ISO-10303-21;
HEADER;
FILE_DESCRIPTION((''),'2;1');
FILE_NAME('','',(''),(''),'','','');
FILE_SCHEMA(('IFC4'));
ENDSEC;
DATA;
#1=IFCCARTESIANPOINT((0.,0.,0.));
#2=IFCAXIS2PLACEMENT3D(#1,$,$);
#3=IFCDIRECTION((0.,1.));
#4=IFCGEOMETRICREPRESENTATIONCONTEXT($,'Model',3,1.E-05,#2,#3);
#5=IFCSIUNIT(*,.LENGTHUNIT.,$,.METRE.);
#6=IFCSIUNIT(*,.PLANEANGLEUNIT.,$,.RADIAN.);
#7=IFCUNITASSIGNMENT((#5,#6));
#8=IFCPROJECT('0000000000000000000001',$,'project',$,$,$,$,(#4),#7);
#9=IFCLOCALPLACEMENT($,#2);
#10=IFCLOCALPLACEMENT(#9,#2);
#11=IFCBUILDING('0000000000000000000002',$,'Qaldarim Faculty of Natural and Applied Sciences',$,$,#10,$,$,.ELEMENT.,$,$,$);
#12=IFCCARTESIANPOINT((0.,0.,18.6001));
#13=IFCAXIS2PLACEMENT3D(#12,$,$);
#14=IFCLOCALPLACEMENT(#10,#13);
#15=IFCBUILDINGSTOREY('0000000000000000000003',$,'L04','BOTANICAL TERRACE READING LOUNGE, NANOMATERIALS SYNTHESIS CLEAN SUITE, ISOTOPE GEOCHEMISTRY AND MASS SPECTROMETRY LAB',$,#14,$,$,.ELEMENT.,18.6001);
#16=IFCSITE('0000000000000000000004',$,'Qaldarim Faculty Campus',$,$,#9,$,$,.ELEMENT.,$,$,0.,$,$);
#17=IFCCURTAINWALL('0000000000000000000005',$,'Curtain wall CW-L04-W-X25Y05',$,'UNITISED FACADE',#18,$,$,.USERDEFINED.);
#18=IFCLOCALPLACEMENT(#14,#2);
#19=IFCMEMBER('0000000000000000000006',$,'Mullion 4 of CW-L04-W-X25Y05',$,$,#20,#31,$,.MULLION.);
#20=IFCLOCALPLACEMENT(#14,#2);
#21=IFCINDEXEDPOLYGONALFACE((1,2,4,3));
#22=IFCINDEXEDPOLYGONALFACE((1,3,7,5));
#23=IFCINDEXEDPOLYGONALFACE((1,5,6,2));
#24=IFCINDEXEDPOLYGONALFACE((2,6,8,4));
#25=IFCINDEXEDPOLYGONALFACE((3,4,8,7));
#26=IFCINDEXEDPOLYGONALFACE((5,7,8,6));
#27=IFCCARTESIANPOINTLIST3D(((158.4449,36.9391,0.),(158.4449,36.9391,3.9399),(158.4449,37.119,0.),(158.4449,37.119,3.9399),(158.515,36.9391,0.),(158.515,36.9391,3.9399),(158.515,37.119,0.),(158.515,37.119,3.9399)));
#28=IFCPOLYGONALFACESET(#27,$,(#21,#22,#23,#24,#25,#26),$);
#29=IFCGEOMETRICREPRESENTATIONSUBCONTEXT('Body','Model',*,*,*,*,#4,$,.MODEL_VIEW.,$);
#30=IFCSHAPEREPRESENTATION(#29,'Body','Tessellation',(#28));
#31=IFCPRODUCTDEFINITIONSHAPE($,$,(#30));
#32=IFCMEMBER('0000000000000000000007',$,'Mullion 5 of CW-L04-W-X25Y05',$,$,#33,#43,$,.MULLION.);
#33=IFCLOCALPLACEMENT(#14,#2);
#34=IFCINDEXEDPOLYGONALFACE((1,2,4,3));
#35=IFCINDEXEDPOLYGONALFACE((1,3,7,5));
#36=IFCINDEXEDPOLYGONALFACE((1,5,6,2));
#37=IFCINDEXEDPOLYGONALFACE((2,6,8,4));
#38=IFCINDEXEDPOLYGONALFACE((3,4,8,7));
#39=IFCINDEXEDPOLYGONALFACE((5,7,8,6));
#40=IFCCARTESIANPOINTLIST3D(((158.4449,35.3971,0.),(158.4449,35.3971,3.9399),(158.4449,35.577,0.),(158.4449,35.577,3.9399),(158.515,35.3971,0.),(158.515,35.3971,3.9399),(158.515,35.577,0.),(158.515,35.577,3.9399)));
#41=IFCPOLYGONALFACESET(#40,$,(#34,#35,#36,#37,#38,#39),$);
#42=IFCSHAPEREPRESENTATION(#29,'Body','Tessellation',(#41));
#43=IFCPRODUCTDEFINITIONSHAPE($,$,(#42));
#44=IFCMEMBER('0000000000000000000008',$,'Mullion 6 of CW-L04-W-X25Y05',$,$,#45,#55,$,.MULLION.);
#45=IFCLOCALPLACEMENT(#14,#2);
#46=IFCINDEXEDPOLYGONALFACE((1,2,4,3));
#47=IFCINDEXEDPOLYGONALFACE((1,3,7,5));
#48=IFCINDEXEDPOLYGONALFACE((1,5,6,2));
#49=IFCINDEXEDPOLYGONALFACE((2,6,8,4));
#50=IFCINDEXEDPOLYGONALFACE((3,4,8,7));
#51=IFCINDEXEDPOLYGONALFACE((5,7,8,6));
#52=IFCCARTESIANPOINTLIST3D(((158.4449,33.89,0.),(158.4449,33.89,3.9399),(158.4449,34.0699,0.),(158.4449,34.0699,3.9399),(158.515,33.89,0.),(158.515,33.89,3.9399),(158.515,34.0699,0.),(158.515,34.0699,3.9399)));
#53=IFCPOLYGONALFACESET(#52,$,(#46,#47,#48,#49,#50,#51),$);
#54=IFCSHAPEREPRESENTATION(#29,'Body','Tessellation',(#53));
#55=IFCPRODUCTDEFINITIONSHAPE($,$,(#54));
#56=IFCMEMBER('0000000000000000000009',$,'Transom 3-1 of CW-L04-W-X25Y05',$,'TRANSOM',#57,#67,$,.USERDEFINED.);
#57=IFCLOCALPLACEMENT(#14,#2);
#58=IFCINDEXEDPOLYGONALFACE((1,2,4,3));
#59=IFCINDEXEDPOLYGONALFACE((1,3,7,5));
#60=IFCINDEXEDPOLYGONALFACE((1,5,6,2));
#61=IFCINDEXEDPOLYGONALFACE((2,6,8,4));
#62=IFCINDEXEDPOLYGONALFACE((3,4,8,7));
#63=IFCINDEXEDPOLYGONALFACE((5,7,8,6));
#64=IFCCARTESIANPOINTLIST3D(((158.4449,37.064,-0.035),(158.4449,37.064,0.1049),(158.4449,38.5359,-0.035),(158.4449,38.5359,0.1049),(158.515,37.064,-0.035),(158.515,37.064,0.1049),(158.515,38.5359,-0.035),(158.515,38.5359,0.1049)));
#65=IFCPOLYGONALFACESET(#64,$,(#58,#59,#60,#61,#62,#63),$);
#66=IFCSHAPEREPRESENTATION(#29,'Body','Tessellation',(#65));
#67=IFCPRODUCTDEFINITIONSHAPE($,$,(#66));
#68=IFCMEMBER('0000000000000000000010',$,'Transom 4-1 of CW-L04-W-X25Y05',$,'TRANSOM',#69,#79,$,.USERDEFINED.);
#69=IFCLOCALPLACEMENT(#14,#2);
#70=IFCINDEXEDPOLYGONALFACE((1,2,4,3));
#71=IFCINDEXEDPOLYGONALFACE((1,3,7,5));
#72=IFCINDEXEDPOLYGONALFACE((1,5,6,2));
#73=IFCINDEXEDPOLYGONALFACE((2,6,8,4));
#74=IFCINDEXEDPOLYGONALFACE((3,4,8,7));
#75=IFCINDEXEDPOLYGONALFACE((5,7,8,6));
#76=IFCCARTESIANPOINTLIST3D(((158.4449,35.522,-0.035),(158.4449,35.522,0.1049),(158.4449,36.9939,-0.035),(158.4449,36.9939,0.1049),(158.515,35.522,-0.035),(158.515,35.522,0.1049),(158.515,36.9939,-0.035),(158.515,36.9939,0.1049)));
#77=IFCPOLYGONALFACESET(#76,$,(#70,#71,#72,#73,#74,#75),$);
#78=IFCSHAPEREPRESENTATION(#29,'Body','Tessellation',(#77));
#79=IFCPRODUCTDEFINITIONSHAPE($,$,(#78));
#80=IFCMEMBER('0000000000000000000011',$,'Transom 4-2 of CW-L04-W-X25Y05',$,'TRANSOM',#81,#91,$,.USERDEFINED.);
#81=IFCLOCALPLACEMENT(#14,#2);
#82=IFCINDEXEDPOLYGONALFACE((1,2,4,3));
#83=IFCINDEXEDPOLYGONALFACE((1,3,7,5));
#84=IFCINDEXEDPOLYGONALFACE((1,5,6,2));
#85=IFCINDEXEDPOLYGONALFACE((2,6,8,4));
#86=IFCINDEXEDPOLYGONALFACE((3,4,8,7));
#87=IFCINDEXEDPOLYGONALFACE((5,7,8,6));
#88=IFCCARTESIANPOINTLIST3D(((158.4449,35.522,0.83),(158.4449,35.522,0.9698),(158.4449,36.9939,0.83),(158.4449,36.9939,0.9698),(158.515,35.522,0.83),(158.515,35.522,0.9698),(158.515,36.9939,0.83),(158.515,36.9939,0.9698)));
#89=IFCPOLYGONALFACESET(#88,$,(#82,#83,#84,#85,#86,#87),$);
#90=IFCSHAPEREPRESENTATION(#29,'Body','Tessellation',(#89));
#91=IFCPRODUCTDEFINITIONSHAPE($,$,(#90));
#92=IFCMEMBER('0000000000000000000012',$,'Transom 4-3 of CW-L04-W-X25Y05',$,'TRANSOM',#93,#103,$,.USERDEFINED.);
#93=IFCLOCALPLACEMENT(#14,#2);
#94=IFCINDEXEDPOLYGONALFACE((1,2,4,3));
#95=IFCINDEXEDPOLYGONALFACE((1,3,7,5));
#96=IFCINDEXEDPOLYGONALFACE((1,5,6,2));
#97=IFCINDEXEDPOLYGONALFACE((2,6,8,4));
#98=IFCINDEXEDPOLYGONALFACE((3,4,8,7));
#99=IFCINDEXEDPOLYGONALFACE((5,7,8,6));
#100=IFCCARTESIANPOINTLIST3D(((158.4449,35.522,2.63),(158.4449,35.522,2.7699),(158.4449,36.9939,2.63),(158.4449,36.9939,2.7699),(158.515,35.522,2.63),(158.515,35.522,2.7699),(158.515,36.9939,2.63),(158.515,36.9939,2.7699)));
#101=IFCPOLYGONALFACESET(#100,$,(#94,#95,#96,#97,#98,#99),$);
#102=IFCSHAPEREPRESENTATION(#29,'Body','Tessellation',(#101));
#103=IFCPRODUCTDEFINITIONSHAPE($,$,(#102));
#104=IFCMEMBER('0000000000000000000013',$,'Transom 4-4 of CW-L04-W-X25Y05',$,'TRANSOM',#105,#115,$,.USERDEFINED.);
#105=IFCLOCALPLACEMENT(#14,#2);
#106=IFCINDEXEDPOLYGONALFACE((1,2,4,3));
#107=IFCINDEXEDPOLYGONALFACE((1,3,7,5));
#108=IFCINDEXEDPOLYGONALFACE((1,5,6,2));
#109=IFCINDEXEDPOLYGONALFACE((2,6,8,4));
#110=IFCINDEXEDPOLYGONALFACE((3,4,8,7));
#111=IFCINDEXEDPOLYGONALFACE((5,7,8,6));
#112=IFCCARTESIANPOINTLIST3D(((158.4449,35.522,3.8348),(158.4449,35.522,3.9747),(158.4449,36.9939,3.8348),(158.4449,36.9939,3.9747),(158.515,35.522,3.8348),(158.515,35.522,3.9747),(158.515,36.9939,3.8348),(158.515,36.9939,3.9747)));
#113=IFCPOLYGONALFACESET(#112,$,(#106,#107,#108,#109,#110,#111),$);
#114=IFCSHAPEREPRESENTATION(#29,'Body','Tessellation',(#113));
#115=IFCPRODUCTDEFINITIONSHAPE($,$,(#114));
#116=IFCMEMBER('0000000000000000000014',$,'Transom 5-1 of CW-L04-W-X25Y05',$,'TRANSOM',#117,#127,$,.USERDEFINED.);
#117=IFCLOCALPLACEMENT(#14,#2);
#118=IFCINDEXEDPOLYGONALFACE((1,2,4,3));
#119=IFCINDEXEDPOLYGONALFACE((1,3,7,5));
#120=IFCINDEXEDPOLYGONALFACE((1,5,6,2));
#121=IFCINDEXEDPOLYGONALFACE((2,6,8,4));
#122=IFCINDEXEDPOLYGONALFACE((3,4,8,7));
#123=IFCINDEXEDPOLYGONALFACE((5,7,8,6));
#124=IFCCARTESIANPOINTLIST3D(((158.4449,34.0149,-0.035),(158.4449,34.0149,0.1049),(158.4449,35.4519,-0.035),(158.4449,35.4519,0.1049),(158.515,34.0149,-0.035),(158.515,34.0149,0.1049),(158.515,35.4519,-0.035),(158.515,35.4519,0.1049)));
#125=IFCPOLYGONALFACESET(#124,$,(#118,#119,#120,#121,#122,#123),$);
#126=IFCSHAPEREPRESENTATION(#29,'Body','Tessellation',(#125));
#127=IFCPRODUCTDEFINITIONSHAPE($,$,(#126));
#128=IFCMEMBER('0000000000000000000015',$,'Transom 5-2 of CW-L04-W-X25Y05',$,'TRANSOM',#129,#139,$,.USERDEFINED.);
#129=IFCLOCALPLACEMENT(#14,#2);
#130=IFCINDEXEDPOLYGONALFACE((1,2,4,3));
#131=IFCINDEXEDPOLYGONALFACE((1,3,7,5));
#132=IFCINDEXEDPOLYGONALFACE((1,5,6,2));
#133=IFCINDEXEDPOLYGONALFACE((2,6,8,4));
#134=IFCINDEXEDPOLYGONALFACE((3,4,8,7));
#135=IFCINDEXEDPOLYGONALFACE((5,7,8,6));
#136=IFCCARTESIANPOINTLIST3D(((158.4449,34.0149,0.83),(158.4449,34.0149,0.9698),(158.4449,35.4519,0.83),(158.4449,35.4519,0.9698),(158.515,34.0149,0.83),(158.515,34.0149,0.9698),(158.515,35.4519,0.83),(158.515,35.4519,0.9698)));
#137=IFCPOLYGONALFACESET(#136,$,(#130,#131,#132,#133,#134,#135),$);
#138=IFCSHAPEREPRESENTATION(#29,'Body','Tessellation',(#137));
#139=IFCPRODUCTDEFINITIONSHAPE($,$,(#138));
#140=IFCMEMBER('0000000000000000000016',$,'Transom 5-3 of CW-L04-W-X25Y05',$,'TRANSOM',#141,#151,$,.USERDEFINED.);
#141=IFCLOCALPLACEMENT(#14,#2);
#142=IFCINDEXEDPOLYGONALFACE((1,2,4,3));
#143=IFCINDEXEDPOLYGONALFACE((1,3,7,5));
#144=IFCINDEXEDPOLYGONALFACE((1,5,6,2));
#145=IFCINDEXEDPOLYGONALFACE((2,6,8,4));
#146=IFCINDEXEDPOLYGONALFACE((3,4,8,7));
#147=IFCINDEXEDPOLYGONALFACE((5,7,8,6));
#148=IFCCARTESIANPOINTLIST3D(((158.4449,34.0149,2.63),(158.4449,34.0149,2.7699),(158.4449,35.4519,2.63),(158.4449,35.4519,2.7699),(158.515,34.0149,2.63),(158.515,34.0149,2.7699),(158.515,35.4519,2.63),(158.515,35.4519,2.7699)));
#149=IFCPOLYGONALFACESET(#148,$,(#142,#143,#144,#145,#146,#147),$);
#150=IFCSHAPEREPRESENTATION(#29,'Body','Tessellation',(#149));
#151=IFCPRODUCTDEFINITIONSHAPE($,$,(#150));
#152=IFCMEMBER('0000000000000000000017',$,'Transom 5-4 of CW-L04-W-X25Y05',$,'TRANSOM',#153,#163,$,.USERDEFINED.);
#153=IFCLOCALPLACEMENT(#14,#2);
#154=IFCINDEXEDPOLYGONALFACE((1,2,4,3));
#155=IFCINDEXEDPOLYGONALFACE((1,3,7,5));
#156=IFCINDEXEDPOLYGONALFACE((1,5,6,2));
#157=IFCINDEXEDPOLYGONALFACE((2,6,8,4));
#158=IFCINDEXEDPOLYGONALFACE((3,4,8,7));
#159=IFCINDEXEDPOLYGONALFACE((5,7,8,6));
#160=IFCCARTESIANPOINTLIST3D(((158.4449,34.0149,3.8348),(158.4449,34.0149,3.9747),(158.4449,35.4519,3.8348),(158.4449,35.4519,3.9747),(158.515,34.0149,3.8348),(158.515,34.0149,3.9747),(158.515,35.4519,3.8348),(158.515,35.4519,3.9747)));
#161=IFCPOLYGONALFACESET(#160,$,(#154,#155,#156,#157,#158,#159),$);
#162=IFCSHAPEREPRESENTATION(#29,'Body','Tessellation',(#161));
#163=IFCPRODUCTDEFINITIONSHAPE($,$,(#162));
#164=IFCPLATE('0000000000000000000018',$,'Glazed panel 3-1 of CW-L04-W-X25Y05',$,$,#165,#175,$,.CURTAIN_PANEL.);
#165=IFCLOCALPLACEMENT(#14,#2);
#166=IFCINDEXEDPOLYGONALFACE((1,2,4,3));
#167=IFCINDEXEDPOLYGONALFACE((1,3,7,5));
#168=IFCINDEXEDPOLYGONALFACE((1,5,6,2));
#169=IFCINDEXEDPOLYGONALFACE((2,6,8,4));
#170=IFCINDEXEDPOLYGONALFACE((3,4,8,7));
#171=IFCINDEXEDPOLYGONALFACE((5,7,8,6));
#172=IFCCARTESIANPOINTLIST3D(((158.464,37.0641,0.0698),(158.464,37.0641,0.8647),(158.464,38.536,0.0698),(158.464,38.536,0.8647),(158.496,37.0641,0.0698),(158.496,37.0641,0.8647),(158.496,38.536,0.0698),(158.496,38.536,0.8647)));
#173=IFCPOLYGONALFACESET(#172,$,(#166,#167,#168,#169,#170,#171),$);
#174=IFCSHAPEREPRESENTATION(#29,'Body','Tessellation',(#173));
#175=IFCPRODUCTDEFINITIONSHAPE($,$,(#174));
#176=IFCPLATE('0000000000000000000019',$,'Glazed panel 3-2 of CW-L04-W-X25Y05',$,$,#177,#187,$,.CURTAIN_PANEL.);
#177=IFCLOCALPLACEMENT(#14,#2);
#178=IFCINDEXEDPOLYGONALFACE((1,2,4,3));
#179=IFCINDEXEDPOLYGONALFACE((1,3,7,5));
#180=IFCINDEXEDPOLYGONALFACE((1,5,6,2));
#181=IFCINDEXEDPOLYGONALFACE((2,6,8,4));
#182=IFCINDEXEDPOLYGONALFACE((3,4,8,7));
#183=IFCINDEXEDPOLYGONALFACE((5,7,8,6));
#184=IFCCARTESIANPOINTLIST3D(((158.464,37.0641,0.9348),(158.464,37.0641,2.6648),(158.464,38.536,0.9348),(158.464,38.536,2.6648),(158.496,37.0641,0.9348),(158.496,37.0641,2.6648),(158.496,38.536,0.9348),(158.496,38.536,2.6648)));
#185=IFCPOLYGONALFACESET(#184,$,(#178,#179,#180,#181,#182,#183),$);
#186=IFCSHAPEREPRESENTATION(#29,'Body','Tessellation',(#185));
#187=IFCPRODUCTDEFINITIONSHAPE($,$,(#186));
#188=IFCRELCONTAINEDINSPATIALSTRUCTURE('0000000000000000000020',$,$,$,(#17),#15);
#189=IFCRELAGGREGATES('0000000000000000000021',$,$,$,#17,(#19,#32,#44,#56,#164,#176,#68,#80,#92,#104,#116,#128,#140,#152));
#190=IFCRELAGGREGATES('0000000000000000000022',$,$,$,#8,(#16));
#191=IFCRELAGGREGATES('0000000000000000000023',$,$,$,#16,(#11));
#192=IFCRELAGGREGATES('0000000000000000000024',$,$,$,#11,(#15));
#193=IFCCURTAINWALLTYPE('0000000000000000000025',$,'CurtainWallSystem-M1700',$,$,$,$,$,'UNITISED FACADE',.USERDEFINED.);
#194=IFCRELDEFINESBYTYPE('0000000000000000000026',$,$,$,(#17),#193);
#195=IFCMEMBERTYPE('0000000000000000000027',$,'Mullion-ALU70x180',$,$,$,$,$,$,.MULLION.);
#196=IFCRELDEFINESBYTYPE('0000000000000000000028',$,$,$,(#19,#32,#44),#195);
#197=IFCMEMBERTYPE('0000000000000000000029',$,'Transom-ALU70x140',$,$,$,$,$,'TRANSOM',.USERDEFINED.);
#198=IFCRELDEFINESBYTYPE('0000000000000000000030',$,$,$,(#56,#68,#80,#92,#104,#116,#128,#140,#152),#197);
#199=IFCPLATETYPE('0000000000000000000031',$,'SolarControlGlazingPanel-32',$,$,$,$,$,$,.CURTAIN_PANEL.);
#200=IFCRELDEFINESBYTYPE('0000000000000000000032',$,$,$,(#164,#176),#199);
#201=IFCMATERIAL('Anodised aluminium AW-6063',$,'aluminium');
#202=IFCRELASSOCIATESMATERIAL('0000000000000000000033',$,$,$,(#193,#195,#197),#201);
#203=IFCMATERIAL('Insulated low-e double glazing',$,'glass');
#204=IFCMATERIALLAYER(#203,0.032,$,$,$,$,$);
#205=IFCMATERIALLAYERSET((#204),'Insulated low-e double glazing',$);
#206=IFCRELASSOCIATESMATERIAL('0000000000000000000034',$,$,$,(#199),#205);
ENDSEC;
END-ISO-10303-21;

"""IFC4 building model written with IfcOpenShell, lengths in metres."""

from ifc_helpers import new_model, si_unit, direction, frame, origin, origin_2d, place, context, subcontext, project, spatial, rectangle, extrude, material, layer, layer_set, material_profile, profile_set, type_object, element, aggregate, save


model = new_model("IFC4")

# Units and contexts
model_context = context("Model", 3, precision=1e-05, world=origin(), true_north=direction((0.0, 1.0)))
body_context = subcontext(model_context, "Body", "Model", "MODEL_VIEW")
ifc_project = project(units=[si_unit("LENGTHUNIT", "METRE"), si_unit("PLANEANGLEUNIT", "RADIAN")], contexts=[model_context])

# Site, building, storey
site_placement = place(None, origin())
site = spatial("IfcSite", under=ifc_project, at=site_placement, Name="Qaldarim Faculty Campus", CompositionType="ELEMENT", RefElevation=0.0)
building_placement = place(site_placement, origin())
building = spatial("IfcBuilding", under=site, at=building_placement, Name="Qaldarim Faculty of Natural and Applied Sciences", CompositionType="ELEMENT")
storey_placement = place(building_placement, frame((0.0, 0.0, 18.6001)))
storey = spatial("IfcBuildingStorey", under=building, at=storey_placement, Name="L04", Description="BOTANICAL TERRACE READING LOUNGE, NANOMATERIALS SYNTHESIS CLEAN SUITE, ISOTOPE GEOCHEMISTRY AND MASS SPECTROMETRY LAB", CompositionType="ELEMENT", Elevation=18.6001)

# Curtain wall, members, plates
ifc_material_1 = material(Name="Anodised aluminium AW-6063", Category="aluminium")
curtain_wall_type = type_object("IfcCurtainWallType", Name="CurtainWallSystem-M1700", ElementType="UNITISED FACADE", PredefinedType="USERDEFINED", material=ifc_material_1)
curtain_wall_placement = place(storey_placement, origin())
curtain_wall = element("IfcCurtainWall", 1, at=curtain_wall_placement, inside=storey, type_object=curtain_wall_type, Name="Curtain wall CW-L04-W-X25Y05", ObjectType="UNITISED FACADE", PredefinedType="USERDEFINED")
ifc_material_profile_1 = material_profile(ifc_material_1, rectangle(XDim=0.0701, YDim=0.1799, at=origin_2d()), Name="ALU-M70x180")
ifc_profile_set_1 = profile_set([ifc_material_profile_1], Name="Anodised aluminium AW-6063")
member_type_1 = type_object("IfcMemberType", Name="Mullion-ALU70x180", PredefinedType="MULLION", material=ifc_profile_set_1)
member_1_placement = place(storey_placement, frame((158.48, 37.0291, 0.0), z_axis=(0.0, 0.0, 1.0), x_axis=(1.0, 0.0, 0.0)))
member_1 = element("IfcMember", 2, at=member_1_placement, type_object=member_type_1, Name="Mullion 4 of CW-L04-W-X25Y05", PredefinedType="MULLION", context=body_context, shape_type="SweptSolid", body=[
    extrude(rectangle(XDim=0.0701, YDim=0.1799, at=origin_2d()), origin(), (0.0, 0.0, 1.0), 3.9399),
])
member_2_placement = place(storey_placement, frame((158.48, 35.4871, 0.0), z_axis=(0.0, 0.0, 1.0), x_axis=(1.0, 0.0, 0.0)))
member_2 = element("IfcMember", 3, at=member_2_placement, type_object=member_type_1, Name="Mullion 5 of CW-L04-W-X25Y05", PredefinedType="MULLION", context=body_context, shape_type="SweptSolid", body=[
    extrude(rectangle(XDim=0.0701, YDim=0.1799, at=origin_2d()), origin(), (0.0, 0.0, 1.0), 3.9399),
])
member_3_placement = place(storey_placement, frame((158.48, 33.98, 0.0), z_axis=(0.0, 0.0, 1.0), x_axis=(1.0, 0.0, 0.0)))
member_3 = element("IfcMember", 4, at=member_3_placement, type_object=member_type_1, Name="Mullion 6 of CW-L04-W-X25Y05", PredefinedType="MULLION", context=body_context, shape_type="SweptSolid", body=[
    extrude(rectangle(XDim=0.0701, YDim=0.1799, at=origin_2d()), origin(), (0.0, 0.0, 1.0), 3.9399),
])
ifc_material_profile_2 = material_profile(ifc_material_1, rectangle(XDim=0.0701, YDim=0.1399, at=origin_2d()), Name="ALU-T70x140")
ifc_profile_set_2 = profile_set([ifc_material_profile_2], Name="Anodised aluminium AW-6063")
member_type_2 = type_object("IfcMemberType", Name="Transom-ALU70x140", ElementType="TRANSOM", PredefinedType="USERDEFINED", material=ifc_profile_set_2)
member_4_placement = place(storey_placement, frame((158.48, 38.5359, 0.0349), z_axis=(0.0, -1.0, 0.0), x_axis=(1.0, 0.0, 0.0)))
member_4 = element("IfcMember", 5, at=member_4_placement, type_object=member_type_2, Name="Transom 3-1 of CW-L04-W-X25Y05", ObjectType="TRANSOM", PredefinedType="USERDEFINED", context=body_context, shape_type="SweptSolid", body=[
    extrude(rectangle(XDim=0.0701, YDim=0.1399, at=origin_2d()), origin(), (0.0, 0.0, 1.0), 1.4719),
])
member_5_placement = place(storey_placement, frame((158.48, 36.9939, 0.0349), z_axis=(0.0, -1.0, 0.0), x_axis=(1.0, 0.0, 0.0)))
member_5 = element("IfcMember", 6, at=member_5_placement, type_object=member_type_2, Name="Transom 4-1 of CW-L04-W-X25Y05", ObjectType="TRANSOM", PredefinedType="USERDEFINED", context=body_context, shape_type="SweptSolid", body=[
    extrude(rectangle(XDim=0.0701, YDim=0.1399, at=origin_2d()), origin(), (0.0, 0.0, 1.0), 1.4719),
])
member_6_placement = place(storey_placement, frame((158.48, 36.9939, 0.8999), z_axis=(0.0, -1.0, 0.0), x_axis=(1.0, 0.0, 0.0)))
member_6 = element("IfcMember", 7, at=member_6_placement, type_object=member_type_2, Name="Transom 4-2 of CW-L04-W-X25Y05", ObjectType="TRANSOM", PredefinedType="USERDEFINED", context=body_context, shape_type="SweptSolid", body=[
    extrude(rectangle(XDim=0.0701, YDim=0.1399, at=origin_2d()), origin(), (0.0, 0.0, 1.0), 1.4719),
])
member_7_placement = place(storey_placement, frame((158.48, 36.9939, 2.7), z_axis=(0.0, -1.0, 0.0), x_axis=(1.0, 0.0, 0.0)))
member_7 = element("IfcMember", 8, at=member_7_placement, type_object=member_type_2, Name="Transom 4-3 of CW-L04-W-X25Y05", ObjectType="TRANSOM", PredefinedType="USERDEFINED", context=body_context, shape_type="SweptSolid", body=[
    extrude(rectangle(XDim=0.0701, YDim=0.1399, at=origin_2d()), origin(), (0.0, 0.0, 1.0), 1.4719),
])
member_8_placement = place(storey_placement, frame((158.48, 36.9939, 3.9048), z_axis=(0.0, -1.0, 0.0), x_axis=(1.0, 0.0, 0.0)))
member_8 = element("IfcMember", 9, at=member_8_placement, type_object=member_type_2, Name="Transom 4-4 of CW-L04-W-X25Y05", ObjectType="TRANSOM", PredefinedType="USERDEFINED", context=body_context, shape_type="SweptSolid", body=[
    extrude(rectangle(XDim=0.0701, YDim=0.1399, at=origin_2d()), origin(), (0.0, 0.0, 1.0), 1.4719),
])
member_9_placement = place(storey_placement, frame((158.48, 35.4519, 0.0349), z_axis=(0.0, -1.0, 0.0), x_axis=(1.0, 0.0, 0.0)))
member_9 = element("IfcMember", 10, at=member_9_placement, type_object=member_type_2, Name="Transom 5-1 of CW-L04-W-X25Y05", ObjectType="TRANSOM", PredefinedType="USERDEFINED", context=body_context, shape_type="SweptSolid", body=[
    extrude(rectangle(XDim=0.0701, YDim=0.1399, at=origin_2d()), origin(), (0.0, 0.0, 1.0), 1.437),
])
member_10_placement = place(storey_placement, frame((158.48, 35.4519, 0.8999), z_axis=(0.0, -1.0, 0.0), x_axis=(1.0, 0.0, 0.0)))
member_10 = element("IfcMember", 11, at=member_10_placement, type_object=member_type_2, Name="Transom 5-2 of CW-L04-W-X25Y05", ObjectType="TRANSOM", PredefinedType="USERDEFINED", context=body_context, shape_type="SweptSolid", body=[
    extrude(rectangle(XDim=0.0701, YDim=0.1399, at=origin_2d()), origin(), (0.0, 0.0, 1.0), 1.437),
])
member_11_placement = place(storey_placement, frame((158.48, 35.4519, 2.7), z_axis=(0.0, -1.0, 0.0), x_axis=(1.0, 0.0, 0.0)))
member_11 = element("IfcMember", 12, at=member_11_placement, type_object=member_type_2, Name="Transom 5-3 of CW-L04-W-X25Y05", ObjectType="TRANSOM", PredefinedType="USERDEFINED", context=body_context, shape_type="SweptSolid", body=[
    extrude(rectangle(XDim=0.0701, YDim=0.1399, at=origin_2d()), origin(), (0.0, 0.0, 1.0), 1.437),
])
member_12_placement = place(storey_placement, frame((158.48, 35.4519, 3.9048), z_axis=(0.0, -1.0, 0.0), x_axis=(1.0, 0.0, 0.0)))
member_12 = element("IfcMember", 13, at=member_12_placement, type_object=member_type_2, Name="Transom 5-4 of CW-L04-W-X25Y05", ObjectType="TRANSOM", PredefinedType="USERDEFINED", context=body_context, shape_type="SweptSolid", body=[
    extrude(rectangle(XDim=0.0701, YDim=0.1399, at=origin_2d()), origin(), (0.0, 0.0, 1.0), 1.437),
])
ifc_material_2 = material(Name="Insulated low-e double glazing", Category="glass")
ifc_layer_1 = layer(ifc_material_2, 0.032)
ifc_layer_set_1 = layer_set([ifc_layer_1], Name="Insulated low-e double glazing")
plate_type = type_object("IfcPlateType", Name="SolarControlGlazingPanel-32", PredefinedType="CURTAIN_PANEL", material=ifc_layer_set_1)
plate_1_placement = place(storey_placement, frame((158.48, 37.8, 0.0698), z_axis=(0.0, 0.0, 1.0), x_axis=(0.0, -1.0, 0.0)))
plate_1 = element("IfcPlate", 14, at=plate_1_placement, type_object=plate_type, Name="Glazed panel 3-1 of CW-L04-W-X25Y05", PredefinedType="CURTAIN_PANEL", context=body_context, shape_type="SweptSolid", body=[
    extrude(rectangle(XDim=1.4719, YDim=0.032, at=origin_2d()), origin(), (0.0, 0.0, 1.0), 0.7949),
])
plate_2_placement = place(storey_placement, frame((158.48, 37.8, 0.9348), z_axis=(0.0, 0.0, 1.0), x_axis=(0.0, -1.0, 0.0)))
plate_2 = element("IfcPlate", 15, at=plate_2_placement, type_object=plate_type, Name="Glazed panel 3-2 of CW-L04-W-X25Y05", PredefinedType="CURTAIN_PANEL", context=body_context, shape_type="SweptSolid", body=[
    extrude(rectangle(XDim=1.4719, YDim=0.032, at=origin_2d()), origin(), (0.0, 0.0, 1.0), 1.73),
])
aggregate(curtain_wall, [member_1, member_2, member_3, member_4, plate_1, plate_2, member_5, member_6, member_7, member_8, member_9, member_10, member_11, member_12])

save(model, "model.ifc")
